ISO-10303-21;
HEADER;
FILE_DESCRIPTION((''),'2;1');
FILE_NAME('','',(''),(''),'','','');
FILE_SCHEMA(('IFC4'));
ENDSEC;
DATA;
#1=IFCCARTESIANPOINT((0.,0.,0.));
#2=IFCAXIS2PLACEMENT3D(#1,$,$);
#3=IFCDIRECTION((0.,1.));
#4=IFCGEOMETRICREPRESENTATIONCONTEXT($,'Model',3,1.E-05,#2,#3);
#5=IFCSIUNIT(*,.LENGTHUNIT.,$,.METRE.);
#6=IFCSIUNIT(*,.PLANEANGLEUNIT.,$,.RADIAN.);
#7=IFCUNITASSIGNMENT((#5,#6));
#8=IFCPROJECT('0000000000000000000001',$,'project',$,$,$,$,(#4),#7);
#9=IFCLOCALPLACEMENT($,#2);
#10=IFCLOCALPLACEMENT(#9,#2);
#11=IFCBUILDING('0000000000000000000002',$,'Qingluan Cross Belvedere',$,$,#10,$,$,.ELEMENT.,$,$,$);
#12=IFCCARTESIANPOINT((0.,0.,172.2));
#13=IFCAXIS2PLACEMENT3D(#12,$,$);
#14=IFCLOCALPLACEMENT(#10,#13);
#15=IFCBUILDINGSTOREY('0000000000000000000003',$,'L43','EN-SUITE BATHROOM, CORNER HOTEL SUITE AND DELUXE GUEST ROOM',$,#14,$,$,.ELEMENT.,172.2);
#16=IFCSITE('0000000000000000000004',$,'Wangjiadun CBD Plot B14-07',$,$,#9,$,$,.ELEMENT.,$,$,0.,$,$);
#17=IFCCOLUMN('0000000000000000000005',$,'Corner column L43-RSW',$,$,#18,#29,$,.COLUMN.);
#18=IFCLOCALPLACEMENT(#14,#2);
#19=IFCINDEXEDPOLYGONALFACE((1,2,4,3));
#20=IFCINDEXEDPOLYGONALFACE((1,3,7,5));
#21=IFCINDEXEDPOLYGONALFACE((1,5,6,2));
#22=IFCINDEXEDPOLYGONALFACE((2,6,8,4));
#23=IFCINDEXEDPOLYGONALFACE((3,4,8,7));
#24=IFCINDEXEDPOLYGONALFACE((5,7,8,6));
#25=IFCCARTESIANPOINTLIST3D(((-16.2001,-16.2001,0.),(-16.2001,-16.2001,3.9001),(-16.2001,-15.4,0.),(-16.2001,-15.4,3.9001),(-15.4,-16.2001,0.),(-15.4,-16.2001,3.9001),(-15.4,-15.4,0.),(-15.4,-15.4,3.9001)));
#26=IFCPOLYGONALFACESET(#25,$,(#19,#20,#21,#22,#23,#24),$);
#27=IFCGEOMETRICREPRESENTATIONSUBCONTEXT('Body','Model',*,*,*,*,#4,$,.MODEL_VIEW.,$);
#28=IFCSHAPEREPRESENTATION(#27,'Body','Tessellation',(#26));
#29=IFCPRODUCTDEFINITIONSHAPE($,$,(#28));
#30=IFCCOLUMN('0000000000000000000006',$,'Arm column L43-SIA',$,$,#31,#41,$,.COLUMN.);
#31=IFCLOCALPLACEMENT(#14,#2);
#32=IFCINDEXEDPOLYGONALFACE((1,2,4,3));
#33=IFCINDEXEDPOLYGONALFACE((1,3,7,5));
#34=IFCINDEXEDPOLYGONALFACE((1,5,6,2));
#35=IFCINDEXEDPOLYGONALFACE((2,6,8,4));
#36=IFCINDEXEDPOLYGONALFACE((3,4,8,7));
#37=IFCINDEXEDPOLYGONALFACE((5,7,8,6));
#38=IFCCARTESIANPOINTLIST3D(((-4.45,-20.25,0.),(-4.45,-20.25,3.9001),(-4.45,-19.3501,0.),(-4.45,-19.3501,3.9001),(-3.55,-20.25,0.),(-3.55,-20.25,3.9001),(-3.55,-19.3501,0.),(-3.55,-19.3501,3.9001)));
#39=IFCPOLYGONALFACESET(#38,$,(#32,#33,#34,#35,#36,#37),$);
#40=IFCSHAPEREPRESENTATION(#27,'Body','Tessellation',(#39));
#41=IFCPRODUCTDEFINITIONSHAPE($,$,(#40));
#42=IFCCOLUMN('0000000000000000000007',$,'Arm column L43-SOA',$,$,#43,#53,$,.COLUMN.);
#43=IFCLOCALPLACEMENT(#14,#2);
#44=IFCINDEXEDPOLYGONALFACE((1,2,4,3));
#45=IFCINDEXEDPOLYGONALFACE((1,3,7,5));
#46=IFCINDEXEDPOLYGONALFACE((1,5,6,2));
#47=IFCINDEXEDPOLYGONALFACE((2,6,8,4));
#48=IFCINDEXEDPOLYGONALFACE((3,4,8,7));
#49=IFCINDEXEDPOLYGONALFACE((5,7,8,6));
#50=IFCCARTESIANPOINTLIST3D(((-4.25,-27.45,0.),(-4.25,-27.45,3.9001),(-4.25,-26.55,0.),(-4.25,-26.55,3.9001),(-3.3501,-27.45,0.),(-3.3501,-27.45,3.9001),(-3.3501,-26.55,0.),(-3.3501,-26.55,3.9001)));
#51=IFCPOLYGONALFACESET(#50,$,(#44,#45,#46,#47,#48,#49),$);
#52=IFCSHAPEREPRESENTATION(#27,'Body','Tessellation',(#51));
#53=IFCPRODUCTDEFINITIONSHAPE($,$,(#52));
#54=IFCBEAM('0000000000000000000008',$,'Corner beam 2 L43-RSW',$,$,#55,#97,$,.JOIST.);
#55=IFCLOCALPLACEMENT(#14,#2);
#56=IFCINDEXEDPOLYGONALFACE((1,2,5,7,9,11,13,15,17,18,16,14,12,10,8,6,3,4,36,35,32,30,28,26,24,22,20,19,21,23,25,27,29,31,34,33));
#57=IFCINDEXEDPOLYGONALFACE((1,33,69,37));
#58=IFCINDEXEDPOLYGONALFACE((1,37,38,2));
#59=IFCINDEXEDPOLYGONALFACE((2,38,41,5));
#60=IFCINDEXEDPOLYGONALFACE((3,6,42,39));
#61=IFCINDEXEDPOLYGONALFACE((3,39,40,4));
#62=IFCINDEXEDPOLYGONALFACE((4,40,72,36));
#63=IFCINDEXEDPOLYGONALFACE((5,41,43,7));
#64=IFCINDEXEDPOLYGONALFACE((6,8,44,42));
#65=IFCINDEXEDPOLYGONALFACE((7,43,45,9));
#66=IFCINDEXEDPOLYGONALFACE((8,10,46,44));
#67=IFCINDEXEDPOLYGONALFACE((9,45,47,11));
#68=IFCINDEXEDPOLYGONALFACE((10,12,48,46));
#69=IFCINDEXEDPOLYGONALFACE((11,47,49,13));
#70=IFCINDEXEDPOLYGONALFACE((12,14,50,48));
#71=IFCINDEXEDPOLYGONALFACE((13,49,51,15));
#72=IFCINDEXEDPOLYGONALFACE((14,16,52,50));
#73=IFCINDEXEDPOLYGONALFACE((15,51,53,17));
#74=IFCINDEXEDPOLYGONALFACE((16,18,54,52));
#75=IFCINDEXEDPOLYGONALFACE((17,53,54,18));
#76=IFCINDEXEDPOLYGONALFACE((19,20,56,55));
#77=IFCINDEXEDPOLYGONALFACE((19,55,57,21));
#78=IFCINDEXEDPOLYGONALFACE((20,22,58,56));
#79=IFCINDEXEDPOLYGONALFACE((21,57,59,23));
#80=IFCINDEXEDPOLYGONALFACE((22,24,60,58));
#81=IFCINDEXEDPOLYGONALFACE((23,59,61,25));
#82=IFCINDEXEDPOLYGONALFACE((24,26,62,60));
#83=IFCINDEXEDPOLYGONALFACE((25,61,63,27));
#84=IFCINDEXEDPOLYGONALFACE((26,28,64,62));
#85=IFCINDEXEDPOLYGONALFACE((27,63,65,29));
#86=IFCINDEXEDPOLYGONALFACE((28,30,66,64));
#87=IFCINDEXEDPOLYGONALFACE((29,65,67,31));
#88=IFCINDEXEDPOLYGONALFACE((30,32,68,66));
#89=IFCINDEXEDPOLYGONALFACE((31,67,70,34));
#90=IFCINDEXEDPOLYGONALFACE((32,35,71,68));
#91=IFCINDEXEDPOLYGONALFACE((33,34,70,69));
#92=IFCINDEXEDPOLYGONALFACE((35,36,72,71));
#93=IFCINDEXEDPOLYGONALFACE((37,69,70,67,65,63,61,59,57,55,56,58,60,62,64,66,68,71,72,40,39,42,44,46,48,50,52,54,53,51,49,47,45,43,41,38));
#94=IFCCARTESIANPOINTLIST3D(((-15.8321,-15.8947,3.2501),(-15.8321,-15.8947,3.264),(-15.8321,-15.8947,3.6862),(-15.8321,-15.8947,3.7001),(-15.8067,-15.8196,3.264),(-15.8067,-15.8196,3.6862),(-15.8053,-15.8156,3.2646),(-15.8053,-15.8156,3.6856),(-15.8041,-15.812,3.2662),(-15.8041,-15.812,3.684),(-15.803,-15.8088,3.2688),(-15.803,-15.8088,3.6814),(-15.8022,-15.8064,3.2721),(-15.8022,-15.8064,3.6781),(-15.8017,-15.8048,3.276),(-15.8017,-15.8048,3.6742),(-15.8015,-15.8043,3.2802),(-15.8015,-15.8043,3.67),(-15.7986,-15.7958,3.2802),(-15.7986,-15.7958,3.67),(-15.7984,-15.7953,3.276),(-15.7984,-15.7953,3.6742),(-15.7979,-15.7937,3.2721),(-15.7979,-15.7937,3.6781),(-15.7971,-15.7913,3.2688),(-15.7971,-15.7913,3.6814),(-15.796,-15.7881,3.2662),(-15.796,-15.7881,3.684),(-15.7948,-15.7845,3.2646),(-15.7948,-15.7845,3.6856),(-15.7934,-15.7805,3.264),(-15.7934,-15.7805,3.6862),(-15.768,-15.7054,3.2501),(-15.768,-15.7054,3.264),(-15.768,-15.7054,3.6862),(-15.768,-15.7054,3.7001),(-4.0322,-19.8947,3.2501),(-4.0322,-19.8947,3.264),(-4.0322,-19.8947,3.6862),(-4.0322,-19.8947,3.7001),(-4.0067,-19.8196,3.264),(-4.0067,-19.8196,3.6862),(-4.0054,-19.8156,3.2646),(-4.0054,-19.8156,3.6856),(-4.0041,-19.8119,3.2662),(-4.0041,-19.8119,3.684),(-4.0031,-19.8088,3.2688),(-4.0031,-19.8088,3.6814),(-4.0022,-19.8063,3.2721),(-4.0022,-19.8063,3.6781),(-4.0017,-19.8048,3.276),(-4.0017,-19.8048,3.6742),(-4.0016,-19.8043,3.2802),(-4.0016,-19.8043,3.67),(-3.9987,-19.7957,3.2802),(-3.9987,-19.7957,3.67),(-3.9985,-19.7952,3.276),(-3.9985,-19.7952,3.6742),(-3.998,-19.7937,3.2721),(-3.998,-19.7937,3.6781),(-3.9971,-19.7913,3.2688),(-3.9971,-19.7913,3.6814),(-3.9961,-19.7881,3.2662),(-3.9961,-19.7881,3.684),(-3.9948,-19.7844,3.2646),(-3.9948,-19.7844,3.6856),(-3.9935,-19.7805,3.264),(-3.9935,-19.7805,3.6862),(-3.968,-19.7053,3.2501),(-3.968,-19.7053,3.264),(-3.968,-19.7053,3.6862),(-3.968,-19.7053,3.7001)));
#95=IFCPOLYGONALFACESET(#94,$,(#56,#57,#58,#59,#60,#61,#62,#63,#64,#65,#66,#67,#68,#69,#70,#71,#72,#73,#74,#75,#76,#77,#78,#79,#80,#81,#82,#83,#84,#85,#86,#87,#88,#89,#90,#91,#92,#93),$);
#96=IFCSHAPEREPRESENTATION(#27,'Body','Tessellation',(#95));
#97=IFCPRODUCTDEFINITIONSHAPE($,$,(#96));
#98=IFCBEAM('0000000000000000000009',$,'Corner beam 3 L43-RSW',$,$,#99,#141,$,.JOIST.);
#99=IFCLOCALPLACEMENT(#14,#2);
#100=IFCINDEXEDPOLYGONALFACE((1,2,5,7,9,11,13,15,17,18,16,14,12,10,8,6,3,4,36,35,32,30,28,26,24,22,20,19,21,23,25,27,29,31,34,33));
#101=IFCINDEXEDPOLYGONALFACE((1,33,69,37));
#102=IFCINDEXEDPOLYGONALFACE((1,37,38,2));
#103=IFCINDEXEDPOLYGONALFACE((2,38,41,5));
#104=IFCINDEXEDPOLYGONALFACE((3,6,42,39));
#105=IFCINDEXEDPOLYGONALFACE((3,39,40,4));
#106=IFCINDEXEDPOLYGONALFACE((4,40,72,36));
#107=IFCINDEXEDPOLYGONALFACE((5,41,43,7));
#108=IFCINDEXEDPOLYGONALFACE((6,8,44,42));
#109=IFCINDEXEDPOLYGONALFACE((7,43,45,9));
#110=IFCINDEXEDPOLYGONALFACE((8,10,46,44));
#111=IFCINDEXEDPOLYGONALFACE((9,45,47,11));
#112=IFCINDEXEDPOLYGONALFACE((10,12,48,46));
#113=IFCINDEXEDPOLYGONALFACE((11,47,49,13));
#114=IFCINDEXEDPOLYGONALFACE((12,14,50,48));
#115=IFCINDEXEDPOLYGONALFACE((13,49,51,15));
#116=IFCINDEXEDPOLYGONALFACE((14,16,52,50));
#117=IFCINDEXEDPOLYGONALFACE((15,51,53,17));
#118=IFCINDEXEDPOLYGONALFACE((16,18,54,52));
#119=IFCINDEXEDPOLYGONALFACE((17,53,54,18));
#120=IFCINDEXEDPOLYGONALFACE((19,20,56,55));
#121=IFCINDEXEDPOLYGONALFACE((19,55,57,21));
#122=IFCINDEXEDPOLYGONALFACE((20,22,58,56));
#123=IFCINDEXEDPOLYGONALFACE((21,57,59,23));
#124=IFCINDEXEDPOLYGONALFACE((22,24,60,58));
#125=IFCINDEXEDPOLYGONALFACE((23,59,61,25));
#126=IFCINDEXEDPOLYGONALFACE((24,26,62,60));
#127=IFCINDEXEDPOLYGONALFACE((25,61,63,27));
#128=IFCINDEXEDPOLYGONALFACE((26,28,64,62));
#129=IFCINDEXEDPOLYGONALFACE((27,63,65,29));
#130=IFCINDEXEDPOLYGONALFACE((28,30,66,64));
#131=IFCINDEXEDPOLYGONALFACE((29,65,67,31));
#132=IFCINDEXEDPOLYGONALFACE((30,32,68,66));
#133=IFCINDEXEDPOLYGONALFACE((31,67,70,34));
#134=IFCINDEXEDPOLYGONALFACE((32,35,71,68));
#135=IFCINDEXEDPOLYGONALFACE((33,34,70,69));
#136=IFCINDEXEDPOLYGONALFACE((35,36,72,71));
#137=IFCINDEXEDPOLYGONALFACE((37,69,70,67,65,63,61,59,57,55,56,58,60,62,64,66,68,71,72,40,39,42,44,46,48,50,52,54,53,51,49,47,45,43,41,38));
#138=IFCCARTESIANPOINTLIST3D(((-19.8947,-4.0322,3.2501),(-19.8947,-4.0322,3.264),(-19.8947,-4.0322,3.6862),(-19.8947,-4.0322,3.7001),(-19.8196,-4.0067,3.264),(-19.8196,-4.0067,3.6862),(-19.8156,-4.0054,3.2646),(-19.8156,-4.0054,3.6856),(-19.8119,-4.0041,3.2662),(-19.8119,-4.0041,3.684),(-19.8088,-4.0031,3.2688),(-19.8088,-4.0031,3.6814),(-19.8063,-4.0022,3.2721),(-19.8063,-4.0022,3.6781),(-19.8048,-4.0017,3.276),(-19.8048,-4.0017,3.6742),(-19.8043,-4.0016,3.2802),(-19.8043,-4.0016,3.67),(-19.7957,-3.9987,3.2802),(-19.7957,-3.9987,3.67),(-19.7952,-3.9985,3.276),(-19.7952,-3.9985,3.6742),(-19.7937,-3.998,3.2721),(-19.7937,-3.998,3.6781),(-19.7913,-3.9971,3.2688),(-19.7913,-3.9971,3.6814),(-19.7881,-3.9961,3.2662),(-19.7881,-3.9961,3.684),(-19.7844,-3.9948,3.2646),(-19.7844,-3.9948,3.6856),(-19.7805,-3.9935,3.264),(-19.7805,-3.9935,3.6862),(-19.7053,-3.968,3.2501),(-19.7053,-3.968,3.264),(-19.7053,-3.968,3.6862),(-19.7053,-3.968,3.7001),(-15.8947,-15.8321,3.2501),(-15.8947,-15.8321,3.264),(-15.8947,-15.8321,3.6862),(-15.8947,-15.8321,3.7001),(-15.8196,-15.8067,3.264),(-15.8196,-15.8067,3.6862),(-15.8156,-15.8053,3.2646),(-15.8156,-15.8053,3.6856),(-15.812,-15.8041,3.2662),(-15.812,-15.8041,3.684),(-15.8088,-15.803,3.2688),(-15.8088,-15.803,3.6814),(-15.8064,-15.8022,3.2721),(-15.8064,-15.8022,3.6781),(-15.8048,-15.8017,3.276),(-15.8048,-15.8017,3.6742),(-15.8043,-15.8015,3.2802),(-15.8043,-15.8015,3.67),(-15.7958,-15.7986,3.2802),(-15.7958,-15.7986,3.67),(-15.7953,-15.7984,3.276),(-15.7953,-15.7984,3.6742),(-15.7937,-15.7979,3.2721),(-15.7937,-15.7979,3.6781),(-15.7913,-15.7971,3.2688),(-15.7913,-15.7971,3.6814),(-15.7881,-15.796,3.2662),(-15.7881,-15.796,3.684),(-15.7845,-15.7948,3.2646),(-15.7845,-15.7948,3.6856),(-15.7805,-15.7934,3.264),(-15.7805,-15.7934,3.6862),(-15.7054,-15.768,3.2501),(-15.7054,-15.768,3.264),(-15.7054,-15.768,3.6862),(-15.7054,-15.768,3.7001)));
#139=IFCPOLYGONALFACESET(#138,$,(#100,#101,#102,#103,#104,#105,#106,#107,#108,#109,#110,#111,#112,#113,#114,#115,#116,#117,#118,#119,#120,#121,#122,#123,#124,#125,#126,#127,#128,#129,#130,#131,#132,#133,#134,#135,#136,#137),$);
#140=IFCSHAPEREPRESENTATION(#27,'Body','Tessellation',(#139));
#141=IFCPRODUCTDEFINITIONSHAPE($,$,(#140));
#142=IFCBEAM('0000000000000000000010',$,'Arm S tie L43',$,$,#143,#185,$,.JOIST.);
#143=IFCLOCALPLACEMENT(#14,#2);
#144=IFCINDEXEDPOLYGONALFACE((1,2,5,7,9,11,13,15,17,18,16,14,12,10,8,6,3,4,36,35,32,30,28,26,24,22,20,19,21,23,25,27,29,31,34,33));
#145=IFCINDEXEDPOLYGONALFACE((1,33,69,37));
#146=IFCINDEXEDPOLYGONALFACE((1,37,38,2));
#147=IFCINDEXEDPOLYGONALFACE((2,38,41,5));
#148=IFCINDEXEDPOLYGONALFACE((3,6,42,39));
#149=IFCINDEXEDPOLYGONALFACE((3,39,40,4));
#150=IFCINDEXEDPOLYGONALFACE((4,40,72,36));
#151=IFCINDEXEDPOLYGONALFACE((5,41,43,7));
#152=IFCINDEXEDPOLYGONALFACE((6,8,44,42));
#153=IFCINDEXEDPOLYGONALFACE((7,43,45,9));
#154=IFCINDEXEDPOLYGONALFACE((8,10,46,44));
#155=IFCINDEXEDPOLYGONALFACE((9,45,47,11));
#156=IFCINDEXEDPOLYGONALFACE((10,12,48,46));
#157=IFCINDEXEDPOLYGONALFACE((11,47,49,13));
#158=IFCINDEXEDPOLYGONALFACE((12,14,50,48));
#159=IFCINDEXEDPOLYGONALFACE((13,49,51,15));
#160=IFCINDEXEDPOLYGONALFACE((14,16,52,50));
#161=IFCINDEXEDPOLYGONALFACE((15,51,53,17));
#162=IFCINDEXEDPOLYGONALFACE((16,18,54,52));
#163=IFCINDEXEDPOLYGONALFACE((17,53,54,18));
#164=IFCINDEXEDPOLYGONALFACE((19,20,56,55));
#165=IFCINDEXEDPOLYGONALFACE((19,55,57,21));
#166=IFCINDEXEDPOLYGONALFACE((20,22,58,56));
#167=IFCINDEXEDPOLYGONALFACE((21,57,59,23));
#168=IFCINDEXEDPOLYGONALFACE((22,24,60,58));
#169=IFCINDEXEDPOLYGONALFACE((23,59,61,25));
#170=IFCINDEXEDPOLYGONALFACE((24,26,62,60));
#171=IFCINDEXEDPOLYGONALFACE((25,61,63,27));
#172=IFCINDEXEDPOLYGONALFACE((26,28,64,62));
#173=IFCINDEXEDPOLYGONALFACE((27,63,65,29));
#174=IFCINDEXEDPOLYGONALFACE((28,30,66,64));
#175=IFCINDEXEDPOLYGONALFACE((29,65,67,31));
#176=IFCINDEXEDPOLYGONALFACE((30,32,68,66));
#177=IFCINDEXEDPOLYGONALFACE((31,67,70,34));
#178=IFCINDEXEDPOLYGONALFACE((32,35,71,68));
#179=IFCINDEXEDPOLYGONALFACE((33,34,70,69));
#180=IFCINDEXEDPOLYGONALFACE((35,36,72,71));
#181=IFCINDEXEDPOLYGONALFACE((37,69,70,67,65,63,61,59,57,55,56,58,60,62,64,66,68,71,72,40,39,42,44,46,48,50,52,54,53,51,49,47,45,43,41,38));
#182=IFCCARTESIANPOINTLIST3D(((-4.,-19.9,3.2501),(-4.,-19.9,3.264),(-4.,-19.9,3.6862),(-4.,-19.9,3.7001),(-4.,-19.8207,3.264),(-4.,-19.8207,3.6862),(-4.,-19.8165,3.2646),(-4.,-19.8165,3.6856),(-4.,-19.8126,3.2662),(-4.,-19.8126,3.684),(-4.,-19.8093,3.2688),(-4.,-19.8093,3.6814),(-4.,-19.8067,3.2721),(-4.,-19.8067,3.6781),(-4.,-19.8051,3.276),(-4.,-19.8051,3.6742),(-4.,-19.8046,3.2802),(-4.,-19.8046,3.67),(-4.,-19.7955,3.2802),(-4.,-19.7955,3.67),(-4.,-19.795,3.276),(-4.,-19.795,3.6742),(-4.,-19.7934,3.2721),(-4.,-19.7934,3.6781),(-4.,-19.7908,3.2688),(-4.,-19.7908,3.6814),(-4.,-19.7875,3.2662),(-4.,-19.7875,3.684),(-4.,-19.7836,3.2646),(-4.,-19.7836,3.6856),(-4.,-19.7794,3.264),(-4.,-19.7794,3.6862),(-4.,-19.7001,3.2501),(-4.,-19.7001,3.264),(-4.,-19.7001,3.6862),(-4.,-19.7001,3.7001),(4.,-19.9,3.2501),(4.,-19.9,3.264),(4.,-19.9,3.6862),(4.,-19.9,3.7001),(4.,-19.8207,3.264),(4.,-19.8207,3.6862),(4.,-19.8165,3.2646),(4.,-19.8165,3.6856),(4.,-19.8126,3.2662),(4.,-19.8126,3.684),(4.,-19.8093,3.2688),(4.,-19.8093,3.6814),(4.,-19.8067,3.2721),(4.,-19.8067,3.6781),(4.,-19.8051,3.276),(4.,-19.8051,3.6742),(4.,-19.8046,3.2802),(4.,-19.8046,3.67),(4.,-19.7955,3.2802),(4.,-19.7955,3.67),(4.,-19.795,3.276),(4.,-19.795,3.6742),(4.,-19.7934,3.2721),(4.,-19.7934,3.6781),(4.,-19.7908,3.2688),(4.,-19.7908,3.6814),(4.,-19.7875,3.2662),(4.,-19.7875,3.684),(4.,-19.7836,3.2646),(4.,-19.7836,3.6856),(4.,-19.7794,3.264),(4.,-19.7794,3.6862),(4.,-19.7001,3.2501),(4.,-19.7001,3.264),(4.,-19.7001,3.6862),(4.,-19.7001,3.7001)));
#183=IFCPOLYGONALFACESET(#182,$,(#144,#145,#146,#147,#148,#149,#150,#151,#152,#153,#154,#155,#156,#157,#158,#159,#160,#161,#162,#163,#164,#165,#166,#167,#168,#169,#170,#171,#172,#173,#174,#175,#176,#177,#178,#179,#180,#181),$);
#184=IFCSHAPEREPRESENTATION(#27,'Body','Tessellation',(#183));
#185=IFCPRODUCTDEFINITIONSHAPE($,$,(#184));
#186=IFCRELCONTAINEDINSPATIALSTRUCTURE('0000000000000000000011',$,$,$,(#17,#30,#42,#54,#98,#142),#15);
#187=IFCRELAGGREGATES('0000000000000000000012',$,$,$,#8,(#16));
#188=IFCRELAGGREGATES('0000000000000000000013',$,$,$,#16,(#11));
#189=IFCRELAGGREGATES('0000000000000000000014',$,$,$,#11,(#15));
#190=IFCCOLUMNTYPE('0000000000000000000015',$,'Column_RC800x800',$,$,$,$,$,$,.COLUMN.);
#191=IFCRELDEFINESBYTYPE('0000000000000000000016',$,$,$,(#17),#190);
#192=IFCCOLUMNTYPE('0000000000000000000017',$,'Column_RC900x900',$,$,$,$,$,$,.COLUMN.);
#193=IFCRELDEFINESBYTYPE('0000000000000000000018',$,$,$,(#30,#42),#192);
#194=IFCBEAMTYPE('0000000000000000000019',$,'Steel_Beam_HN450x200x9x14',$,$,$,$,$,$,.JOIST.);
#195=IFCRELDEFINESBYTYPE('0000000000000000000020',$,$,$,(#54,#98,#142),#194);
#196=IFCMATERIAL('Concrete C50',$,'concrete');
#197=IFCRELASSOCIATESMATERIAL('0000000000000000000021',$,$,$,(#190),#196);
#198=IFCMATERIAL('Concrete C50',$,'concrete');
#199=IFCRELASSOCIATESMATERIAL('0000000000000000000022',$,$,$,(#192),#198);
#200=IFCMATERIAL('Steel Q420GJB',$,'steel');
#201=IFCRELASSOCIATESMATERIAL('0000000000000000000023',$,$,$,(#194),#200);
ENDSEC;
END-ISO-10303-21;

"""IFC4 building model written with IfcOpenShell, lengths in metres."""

from ifc_helpers import new_model, si_unit, direction, frame, origin, origin_2d, place, context, subcontext, project, spatial, rectangle, i_section, extrude, material, material_profile, profile_set, type_object, element, save


model = new_model("IFC4")

# Units and contexts
model_context = context("Model", 3, precision=1e-05, world=origin(), true_north=direction((0.0, 1.0)))
body_context = subcontext(model_context, "Body", "Model", "MODEL_VIEW")
ifc_project = project(units=[si_unit("LENGTHUNIT", "METRE"), si_unit("PLANEANGLEUNIT", "RADIAN")], contexts=[model_context])

# Site, building, storey
site_placement = place(None, origin())
site = spatial("IfcSite", under=ifc_project, at=site_placement, Name="Wangjiadun CBD Plot B14-07", CompositionType="ELEMENT", RefElevation=0.0)
building_placement = place(site_placement, origin())
building = spatial("IfcBuilding", under=site, at=building_placement, Name="Qingluan Cross Belvedere", CompositionType="ELEMENT")
storey_placement = place(building_placement, frame((0.0, 0.0, 172.2)))
storey = spatial("IfcBuildingStorey", under=building, at=storey_placement, Name="L43", Description="EN-SUITE BATHROOM, CORNER HOTEL SUITE AND DELUXE GUEST ROOM", CompositionType="ELEMENT", Elevation=172.2)

# Columns
ifc_material_1 = material(Name="Concrete C50", Category="concrete")
ifc_material_profile_1 = material_profile(ifc_material_1, rectangle(XDim=0.8, YDim=0.8, at=origin_2d()), Name="RC800x800")
ifc_profile_set_1 = profile_set([ifc_material_profile_1], Name="Concrete C50")
column_type_1 = type_object("IfcColumnType", Name="Column_RC800x800", PredefinedType="COLUMN", material=ifc_profile_set_1)
column_placement = place(storey_placement, frame((-15.8, -15.8, 0.0), z_axis=(0.0, 0.0, 1.0), x_axis=(1.0, 0.0, 0.0)))
element("IfcColumn", 1, at=column_placement, inside=storey, type_object=column_type_1, Name="Corner column L43-RSW", PredefinedType="COLUMN", context=body_context, shape_type="SweptSolid", body=[
    extrude(rectangle(XDim=0.8, YDim=0.8, at=origin_2d()), origin(), (0.0, 0.0, 1.0), 3.9001),
])
ifc_material_2 = material(Name="Concrete C50", Category="concrete")
ifc_material_profile_2 = material_profile(ifc_material_2, rectangle(XDim=0.8999, YDim=0.8999, at=origin_2d()), Name="RC900x900")
ifc_profile_set_2 = profile_set([ifc_material_profile_2], Name="Concrete C50")
column_type_2 = type_object("IfcColumnType", Name="Column_RC900x900", PredefinedType="COLUMN", material=ifc_profile_set_2)
for number, where, z_axis, x_axis, name in (
    (2, (-4.0, -19.8, 0.0), (0.0, 0.0, 1.0), (1.0, 0.0, 0.0), "Arm column L43-SIA"),
    (3, (-3.8, -27.0, 0.0), (0.0, 0.0, 1.0), (1.0, 0.0, 0.0), "Arm column L43-SOA"),
):
    element("IfcColumn", number, at=place(storey_placement, frame(where, z_axis=z_axis, x_axis=x_axis)), inside=storey, type_object=column_type_2, Name=name, PredefinedType="COLUMN", context=body_context, shape_type="SweptSolid", body=[
        extrude(rectangle(XDim=0.8999, YDim=0.8999, at=origin_2d()), origin(), (0.0, 0.0, 1.0), 3.9001),
    ])

# Beams
ifc_material_3 = material(Name="Steel Q420GJB", Category="steel")
ifc_material_profile_3 = material_profile(ifc_material_3, i_section(OverallWidth=0.2, OverallDepth=0.45, WebThickness=0.009, FlangeThickness=0.0139, FilletRadius=0.0161, at=origin_2d()), Name="HN450x200x9x14")
ifc_profile_set_3 = profile_set([ifc_material_profile_3], Name="Steel Q420GJB")
beam_type_1 = type_object("IfcBeamType", Name="Steel_Beam_HN450x200x9x14", PredefinedType="JOIST", material=ifc_profile_set_3)
for number, where, z_axis, x_axis, name in (
    (4, (-15.8, -15.8, 3.4751), (0.947066, -0.321038, 0.0), (0.321038, 0.947066, 0.0), "Corner beam 2 L43-RSW"),
    (5, (-15.8, -15.8, 3.4751), (-0.321038, 0.947066, 0.0), (-0.947066, -0.321038, 0.0), "Corner beam 3 L43-RSW"),
):
    element("IfcBeam", number, at=place(storey_placement, frame(where, z_axis=z_axis, x_axis=x_axis)), inside=storey, type_object=beam_type_1, Name=name, PredefinedType="JOIST", context=body_context, shape_type="SweptSolid", body=[
        extrude(i_section(OverallWidth=0.2, OverallDepth=0.45, WebThickness=0.009, FlangeThickness=0.0139, FilletRadius=0.0161, at=origin_2d()), origin(), (0.0, 0.0, 1.0), 12.4595),
    ])
for number, where, z_axis, x_axis, name in (
    (6, (-4.0, -19.8, 3.4751), (1.0, 0.0, 0.0), (0.0, 1.0, 0.0), "Arm S tie L43"),
):
    element("IfcBeam", number, at=place(storey_placement, frame(where, z_axis=z_axis, x_axis=x_axis)), inside=storey, type_object=beam_type_1, Name=name, PredefinedType="JOIST", context=body_context, shape_type="SweptSolid", body=[
        extrude(i_section(OverallWidth=0.2, OverallDepth=0.45, WebThickness=0.009, FlangeThickness=0.0139, FilletRadius=0.0161, at=origin_2d()), origin(), (0.0, 0.0, 1.0), 8.0),
    ])

save(model, "model.ifc")
